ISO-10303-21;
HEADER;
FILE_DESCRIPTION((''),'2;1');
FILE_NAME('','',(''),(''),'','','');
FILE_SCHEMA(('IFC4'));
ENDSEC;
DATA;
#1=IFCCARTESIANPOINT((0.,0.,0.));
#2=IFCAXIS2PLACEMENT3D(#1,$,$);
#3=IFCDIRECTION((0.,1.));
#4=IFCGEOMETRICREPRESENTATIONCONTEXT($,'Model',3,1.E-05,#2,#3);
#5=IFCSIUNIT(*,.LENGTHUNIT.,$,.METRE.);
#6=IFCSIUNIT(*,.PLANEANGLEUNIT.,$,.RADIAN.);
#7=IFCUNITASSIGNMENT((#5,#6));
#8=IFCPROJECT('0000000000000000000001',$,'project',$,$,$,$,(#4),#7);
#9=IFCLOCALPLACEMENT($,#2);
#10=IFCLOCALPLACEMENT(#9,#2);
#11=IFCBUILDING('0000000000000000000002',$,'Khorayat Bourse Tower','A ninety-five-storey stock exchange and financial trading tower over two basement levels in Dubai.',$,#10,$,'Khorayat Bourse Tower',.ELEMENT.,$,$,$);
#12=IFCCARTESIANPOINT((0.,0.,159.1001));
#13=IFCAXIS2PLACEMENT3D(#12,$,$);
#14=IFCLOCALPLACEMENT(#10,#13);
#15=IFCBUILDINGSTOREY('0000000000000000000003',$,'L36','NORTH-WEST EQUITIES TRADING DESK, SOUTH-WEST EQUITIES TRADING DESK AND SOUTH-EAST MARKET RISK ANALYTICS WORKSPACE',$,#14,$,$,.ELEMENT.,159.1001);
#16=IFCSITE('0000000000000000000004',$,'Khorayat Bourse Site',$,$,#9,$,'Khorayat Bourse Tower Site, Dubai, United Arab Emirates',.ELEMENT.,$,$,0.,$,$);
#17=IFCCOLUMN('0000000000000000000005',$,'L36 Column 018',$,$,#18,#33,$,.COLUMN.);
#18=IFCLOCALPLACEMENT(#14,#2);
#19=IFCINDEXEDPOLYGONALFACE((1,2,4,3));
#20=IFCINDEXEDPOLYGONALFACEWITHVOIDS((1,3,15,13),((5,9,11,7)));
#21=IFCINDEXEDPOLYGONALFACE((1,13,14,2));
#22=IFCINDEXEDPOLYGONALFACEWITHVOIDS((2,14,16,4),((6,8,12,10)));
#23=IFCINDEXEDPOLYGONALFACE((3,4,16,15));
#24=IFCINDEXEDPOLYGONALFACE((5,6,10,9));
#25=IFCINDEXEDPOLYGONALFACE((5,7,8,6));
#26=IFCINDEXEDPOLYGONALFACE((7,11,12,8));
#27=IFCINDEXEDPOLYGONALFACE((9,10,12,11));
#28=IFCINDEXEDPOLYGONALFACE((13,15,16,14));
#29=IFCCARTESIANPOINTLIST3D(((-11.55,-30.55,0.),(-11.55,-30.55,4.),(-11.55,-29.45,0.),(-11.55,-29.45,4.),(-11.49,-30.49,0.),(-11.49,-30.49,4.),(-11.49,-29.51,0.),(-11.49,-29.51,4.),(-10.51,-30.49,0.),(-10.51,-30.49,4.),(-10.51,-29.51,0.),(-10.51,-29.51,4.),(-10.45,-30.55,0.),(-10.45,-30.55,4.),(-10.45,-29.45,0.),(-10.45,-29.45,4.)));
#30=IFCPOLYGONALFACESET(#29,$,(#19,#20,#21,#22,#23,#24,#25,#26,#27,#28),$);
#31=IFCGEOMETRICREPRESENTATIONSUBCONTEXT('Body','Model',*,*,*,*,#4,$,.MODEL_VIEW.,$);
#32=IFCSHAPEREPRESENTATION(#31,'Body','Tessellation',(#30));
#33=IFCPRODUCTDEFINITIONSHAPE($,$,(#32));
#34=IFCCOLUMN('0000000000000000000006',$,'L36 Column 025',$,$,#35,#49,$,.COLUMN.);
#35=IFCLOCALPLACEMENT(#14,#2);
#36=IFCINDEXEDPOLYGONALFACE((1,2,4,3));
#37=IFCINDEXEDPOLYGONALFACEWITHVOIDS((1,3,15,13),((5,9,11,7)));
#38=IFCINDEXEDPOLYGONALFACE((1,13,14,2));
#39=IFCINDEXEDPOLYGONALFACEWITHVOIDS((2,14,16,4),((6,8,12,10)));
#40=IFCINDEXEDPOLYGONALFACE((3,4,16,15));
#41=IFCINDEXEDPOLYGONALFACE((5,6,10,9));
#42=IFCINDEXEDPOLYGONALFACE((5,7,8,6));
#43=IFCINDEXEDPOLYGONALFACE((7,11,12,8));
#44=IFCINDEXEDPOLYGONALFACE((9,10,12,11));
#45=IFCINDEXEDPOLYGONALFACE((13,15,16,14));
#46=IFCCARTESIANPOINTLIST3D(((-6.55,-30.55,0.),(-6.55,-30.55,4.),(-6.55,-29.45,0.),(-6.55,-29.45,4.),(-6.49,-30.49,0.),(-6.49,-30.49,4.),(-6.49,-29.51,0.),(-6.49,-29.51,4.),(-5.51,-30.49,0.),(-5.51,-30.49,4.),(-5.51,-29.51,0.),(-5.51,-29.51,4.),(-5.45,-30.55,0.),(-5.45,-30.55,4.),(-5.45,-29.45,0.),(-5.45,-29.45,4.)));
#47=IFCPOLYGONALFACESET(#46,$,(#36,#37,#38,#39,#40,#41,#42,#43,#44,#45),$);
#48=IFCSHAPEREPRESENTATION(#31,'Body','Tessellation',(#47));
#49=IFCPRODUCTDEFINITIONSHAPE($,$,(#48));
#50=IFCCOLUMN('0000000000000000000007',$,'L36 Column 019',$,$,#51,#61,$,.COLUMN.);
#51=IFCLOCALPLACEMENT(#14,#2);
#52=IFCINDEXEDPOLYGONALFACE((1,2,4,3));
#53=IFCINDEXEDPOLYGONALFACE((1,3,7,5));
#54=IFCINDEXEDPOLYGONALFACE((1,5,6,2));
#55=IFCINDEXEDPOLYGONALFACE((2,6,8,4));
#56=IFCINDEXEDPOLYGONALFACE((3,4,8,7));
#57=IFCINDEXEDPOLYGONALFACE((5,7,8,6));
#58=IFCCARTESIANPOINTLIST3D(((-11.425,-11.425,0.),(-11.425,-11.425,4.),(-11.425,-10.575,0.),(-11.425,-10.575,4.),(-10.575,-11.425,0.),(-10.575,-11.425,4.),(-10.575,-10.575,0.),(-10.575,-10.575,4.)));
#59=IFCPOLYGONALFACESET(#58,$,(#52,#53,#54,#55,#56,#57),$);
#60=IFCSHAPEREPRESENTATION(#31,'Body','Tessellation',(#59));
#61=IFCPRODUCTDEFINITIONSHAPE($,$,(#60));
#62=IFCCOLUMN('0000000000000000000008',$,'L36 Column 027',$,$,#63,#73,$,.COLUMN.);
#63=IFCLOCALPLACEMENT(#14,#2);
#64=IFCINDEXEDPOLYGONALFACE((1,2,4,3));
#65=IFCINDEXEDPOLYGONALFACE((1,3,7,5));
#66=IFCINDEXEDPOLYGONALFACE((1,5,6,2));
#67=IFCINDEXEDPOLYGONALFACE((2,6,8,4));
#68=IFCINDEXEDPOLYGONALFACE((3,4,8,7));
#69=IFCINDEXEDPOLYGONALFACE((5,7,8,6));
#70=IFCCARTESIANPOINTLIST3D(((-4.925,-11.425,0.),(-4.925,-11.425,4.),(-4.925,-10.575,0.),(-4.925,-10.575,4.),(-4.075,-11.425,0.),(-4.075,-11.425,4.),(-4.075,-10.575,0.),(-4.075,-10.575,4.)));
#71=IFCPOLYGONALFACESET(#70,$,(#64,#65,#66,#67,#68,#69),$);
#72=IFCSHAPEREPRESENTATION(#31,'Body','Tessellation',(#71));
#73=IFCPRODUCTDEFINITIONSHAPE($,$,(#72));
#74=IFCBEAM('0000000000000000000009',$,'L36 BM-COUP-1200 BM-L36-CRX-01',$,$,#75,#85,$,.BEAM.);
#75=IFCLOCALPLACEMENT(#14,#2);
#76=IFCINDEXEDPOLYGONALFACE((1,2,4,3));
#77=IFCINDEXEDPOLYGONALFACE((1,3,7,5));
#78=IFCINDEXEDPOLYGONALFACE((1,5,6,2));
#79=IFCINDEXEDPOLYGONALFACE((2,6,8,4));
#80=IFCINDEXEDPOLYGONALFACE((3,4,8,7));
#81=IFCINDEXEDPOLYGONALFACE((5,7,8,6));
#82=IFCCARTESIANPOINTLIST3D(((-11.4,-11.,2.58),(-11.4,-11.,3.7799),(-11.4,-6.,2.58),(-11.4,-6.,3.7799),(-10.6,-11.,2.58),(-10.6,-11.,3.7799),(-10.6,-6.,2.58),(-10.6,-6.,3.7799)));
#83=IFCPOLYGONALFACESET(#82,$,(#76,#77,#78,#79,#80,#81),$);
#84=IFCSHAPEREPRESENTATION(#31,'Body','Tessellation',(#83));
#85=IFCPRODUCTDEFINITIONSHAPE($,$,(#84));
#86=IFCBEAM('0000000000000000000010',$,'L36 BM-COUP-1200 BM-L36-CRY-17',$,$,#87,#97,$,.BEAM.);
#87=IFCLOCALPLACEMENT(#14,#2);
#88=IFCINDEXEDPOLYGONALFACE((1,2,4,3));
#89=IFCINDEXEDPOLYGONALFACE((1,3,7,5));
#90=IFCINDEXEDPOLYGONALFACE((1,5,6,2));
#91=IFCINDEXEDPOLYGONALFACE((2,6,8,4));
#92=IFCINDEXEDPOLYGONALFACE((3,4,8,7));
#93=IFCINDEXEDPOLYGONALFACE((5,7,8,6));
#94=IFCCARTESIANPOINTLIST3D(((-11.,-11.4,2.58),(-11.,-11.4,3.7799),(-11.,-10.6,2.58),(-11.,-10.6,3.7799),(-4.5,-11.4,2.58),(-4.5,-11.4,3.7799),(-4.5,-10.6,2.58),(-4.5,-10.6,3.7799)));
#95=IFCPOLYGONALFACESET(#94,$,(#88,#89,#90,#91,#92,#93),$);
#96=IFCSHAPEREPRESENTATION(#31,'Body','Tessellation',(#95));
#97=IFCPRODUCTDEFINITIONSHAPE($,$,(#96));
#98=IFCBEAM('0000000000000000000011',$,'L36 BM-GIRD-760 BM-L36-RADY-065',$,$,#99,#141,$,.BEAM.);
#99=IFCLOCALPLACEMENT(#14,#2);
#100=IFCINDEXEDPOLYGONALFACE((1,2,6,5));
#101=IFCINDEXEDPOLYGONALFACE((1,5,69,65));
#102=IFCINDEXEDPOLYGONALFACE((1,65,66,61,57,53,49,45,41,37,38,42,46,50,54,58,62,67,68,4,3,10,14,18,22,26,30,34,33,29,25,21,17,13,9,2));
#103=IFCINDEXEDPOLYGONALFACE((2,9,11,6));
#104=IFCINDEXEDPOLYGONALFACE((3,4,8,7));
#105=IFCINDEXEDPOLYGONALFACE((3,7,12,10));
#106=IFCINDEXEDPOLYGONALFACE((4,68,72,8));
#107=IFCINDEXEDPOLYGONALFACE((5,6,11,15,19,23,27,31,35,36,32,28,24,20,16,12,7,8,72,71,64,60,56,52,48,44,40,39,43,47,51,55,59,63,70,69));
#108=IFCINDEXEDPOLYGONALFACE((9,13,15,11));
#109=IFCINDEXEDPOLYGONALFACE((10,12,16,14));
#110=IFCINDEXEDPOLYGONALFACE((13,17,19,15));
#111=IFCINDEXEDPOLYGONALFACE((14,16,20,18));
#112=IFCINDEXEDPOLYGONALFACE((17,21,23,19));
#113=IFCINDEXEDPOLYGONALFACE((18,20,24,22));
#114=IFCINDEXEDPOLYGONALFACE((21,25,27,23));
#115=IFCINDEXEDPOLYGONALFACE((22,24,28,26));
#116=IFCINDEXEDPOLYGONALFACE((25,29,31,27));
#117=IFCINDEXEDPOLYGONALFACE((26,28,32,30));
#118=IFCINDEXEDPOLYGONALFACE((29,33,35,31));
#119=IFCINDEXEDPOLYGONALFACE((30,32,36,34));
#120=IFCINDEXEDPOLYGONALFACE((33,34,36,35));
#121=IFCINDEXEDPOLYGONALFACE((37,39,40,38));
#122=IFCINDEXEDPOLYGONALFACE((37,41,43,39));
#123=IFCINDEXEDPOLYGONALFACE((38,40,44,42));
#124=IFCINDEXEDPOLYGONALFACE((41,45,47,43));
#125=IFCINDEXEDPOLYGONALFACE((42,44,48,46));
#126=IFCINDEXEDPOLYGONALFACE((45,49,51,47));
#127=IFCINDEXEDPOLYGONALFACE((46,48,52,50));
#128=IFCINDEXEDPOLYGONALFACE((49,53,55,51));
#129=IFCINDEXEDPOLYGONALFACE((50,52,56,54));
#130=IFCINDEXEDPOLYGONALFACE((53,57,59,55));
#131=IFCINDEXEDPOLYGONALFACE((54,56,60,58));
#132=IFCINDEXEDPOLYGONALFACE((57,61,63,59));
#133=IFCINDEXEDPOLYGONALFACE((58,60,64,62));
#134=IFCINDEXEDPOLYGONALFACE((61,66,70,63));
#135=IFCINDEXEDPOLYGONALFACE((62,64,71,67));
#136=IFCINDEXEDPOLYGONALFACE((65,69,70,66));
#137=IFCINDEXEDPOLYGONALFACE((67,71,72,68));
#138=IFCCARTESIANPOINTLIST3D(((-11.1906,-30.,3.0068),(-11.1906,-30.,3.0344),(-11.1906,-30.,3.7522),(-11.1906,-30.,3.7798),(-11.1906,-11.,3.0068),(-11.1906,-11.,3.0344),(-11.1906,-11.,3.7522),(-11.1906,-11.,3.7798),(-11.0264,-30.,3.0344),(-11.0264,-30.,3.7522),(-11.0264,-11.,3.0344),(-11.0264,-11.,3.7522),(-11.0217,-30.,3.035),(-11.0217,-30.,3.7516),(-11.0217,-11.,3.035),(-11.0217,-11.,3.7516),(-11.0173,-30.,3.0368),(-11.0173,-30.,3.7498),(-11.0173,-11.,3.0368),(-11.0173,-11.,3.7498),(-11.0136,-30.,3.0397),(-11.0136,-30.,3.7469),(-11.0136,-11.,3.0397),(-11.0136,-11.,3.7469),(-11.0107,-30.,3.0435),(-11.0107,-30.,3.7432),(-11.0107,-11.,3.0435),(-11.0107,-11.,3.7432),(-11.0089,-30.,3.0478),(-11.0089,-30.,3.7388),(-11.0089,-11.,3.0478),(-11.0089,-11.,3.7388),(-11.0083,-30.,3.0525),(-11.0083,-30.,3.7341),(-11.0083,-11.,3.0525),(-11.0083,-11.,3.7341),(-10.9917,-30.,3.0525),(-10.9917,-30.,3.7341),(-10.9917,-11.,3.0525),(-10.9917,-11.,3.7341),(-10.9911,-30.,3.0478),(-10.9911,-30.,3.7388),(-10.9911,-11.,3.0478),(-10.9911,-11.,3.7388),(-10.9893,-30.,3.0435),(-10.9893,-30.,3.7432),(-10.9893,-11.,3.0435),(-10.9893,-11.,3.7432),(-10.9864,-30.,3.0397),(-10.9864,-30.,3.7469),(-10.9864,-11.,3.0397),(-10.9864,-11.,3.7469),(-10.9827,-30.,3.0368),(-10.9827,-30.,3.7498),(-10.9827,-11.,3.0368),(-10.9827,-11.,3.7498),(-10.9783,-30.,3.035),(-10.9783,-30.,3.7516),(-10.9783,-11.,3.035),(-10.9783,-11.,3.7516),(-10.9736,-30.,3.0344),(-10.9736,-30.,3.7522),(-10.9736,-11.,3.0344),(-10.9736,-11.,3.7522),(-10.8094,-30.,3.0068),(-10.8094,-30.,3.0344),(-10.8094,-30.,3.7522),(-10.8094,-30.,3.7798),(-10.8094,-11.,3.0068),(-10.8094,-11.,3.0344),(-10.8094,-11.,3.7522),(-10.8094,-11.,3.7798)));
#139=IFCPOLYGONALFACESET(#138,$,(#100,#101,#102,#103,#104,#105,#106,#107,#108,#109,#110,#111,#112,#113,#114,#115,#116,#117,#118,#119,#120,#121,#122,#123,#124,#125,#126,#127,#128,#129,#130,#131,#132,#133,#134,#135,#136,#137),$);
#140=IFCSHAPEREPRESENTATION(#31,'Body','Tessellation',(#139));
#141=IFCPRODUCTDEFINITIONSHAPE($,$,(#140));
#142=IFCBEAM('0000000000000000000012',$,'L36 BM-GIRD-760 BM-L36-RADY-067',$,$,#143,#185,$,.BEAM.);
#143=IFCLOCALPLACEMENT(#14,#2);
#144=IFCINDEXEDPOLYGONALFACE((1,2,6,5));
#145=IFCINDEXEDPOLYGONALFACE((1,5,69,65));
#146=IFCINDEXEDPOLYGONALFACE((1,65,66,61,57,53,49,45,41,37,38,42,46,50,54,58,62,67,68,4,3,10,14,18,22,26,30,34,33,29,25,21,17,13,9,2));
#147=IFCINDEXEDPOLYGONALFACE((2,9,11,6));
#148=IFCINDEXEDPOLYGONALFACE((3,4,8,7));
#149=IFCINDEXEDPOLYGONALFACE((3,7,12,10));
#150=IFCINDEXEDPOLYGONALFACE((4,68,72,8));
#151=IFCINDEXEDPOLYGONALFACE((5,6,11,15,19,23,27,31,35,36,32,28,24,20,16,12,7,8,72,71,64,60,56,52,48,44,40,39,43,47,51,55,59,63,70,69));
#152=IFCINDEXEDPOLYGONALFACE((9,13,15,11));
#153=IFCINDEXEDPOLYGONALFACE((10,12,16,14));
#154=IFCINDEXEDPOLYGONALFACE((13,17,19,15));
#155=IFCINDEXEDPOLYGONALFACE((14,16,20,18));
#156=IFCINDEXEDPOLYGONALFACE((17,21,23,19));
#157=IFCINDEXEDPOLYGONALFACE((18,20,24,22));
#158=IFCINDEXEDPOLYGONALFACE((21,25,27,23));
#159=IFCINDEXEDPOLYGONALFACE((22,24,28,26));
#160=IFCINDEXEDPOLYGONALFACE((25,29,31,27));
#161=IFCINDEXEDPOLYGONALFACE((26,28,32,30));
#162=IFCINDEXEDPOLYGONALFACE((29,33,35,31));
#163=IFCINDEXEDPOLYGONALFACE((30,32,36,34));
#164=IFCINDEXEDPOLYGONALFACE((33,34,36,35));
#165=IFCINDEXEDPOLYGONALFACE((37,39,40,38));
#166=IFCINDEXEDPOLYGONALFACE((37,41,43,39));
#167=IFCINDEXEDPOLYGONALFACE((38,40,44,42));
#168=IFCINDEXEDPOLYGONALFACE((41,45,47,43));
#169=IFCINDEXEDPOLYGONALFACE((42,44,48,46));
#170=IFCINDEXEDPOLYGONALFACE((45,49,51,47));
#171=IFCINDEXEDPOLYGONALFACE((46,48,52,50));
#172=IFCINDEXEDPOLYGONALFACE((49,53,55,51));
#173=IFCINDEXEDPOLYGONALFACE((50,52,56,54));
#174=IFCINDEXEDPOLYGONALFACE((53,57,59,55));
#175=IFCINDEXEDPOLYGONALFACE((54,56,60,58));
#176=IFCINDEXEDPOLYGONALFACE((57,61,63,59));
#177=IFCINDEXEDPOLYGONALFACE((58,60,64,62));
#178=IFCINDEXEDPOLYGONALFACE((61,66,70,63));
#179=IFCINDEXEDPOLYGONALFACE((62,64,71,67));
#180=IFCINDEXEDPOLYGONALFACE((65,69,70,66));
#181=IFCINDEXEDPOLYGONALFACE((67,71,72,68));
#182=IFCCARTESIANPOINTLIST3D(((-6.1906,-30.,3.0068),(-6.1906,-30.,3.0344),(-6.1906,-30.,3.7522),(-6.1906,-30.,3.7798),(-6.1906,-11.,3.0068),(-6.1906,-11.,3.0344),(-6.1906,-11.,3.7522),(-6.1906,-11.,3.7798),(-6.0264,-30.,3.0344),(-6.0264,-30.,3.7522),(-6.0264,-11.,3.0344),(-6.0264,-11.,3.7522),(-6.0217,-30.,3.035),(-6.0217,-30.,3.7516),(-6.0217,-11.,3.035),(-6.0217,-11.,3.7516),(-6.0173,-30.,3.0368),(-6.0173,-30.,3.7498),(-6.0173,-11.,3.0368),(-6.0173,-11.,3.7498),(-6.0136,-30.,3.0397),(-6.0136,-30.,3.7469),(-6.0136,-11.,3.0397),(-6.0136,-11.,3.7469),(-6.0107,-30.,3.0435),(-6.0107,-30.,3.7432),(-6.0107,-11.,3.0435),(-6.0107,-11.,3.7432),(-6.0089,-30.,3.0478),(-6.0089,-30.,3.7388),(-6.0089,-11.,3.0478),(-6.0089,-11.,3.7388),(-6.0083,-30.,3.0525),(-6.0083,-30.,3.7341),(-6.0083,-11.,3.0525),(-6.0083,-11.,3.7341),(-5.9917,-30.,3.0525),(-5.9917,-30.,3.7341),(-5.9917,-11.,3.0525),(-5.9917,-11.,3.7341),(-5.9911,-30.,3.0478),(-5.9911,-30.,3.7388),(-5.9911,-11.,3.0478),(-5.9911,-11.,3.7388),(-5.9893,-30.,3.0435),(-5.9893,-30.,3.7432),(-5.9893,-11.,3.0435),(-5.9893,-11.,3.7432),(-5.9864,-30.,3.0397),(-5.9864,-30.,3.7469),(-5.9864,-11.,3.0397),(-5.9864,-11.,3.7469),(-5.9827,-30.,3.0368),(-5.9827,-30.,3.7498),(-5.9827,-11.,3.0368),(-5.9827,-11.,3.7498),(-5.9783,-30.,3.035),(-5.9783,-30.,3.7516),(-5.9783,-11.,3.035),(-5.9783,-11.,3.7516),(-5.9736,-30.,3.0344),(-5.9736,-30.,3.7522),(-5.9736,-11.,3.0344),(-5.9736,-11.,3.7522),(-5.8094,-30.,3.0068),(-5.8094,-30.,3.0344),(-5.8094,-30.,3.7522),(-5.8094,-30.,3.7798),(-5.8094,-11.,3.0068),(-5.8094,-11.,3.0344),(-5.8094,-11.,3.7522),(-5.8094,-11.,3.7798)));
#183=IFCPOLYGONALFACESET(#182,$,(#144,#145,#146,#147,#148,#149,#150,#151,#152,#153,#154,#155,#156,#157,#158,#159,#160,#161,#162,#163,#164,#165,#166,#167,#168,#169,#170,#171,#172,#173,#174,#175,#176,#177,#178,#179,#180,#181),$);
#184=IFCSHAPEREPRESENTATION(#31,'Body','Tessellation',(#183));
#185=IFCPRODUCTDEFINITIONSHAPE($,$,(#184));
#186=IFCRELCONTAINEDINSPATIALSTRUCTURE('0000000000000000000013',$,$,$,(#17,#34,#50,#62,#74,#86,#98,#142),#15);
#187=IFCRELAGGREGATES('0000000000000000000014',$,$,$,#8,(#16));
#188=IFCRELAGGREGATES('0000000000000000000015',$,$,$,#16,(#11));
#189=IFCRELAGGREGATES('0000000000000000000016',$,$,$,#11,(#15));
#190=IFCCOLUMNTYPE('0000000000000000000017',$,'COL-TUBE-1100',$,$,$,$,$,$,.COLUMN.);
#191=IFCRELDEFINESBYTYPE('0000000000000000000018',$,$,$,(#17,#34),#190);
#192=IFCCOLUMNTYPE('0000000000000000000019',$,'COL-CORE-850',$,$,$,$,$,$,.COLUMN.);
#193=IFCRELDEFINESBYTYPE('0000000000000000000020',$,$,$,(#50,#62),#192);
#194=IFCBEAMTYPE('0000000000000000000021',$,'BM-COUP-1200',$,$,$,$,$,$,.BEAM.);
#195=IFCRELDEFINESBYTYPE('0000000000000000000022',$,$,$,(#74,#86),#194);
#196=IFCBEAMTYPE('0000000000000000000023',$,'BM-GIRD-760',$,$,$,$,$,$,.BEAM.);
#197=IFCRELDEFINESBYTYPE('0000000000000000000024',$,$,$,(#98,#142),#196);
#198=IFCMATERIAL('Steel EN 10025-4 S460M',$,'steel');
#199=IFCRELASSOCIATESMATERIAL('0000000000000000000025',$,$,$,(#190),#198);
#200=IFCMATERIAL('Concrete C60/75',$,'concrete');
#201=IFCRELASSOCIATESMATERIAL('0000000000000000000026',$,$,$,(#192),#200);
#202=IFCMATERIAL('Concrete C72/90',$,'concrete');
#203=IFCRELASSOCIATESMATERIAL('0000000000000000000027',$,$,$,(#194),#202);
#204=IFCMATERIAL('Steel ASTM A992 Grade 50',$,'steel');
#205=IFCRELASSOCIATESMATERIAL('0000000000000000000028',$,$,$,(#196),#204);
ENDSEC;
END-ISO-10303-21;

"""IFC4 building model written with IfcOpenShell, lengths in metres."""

from ifc_helpers import new_model, si_unit, direction, frame, origin, origin_2d, place, context, subcontext, project, spatial, rectangle, hollow_rectangle, i_section, extrude, source, transform, mapped, material, material_profile, profile_set, type_object, element, save


model = new_model("IFC4")

# Units and contexts
model_context = context("Model", 3, precision=1e-05, world=origin(), true_north=direction((0.0, 1.0)))
body_context = subcontext(model_context, "Body", "Model", "MODEL_VIEW")
ifc_project = project(units=[si_unit("LENGTHUNIT", "METRE"), si_unit("PLANEANGLEUNIT", "RADIAN")], contexts=[model_context])

# Site, building, storey
site_placement = place(None, origin())
site = spatial("IfcSite", under=ifc_project, at=site_placement, Name="Khorayat Bourse Site", LongName="Khorayat Bourse Tower Site, Dubai, United Arab Emirates", CompositionType="ELEMENT", RefElevation=0.0)
building_placement = place(site_placement, origin())
building = spatial("IfcBuilding", under=site, at=building_placement, Name="Khorayat Bourse Tower", Description="A ninety-five-storey stock exchange and financial trading tower over two basement levels in Dubai.", LongName="Khorayat Bourse Tower", CompositionType="ELEMENT")
storey_placement = place(building_placement, frame((0.0, 0.0, 159.1001)))
storey = spatial("IfcBuildingStorey", under=building, at=storey_placement, Name="L36", Description="NORTH-WEST EQUITIES TRADING DESK, SOUTH-WEST EQUITIES TRADING DESK AND SOUTH-EAST MARKET RISK ANALYTICS WORKSPACE", CompositionType="ELEMENT", Elevation=159.1001)

# Columns
ifc_material_1 = material(Name="Steel EN 10025-4 S460M", Category="steel")
ifc_material_profile_1 = material_profile(ifc_material_1, hollow_rectangle(XDim=1.1001, YDim=1.1001, WallThickness=0.0601, at=origin_2d()), Name="BOX 1100x1100x60")
ifc_profile_set_1 = profile_set([ifc_material_profile_1], Name="Steel EN 10025-4 S460M")
column_type_1 = type_object("IfcColumnType", Name="COL-TUBE-1100", PredefinedType="COLUMN", material=ifc_profile_set_1)
shared_shape_1 = source(origin(), body_context, "Body", "SweptSolid", [
    extrude(hollow_rectangle(XDim=1.1001, YDim=1.1001, WallThickness=0.0601, at=origin_2d()), origin(), (0.0, 0.0, 1.0), 4.0),
])
for number, where, z_axis, x_axis, name in (
    (1, (-11.0, -30.0, 0.0), (0.0, 0.0, 1.0), (1.0, 0.0, 0.0), "L36 Column 018"),
    (2, (-6.0, -30.0, 0.0), (0.0, 0.0, 1.0), (1.0, 0.0, 0.0), "L36 Column 025"),
):
    element("IfcColumn", number, at=place(storey_placement, frame(where, z_axis=z_axis, x_axis=x_axis)), inside=storey, type_object=column_type_1, Name=name, PredefinedType="COLUMN", context=body_context, shape_type="MappedRepresentation", body=[
        mapped(shared_shape_1, transform((0.0, 0.0, 0.0), scale=1.0)),
    ])
ifc_material_2 = material(Name="Concrete C60/75", Category="concrete")
ifc_material_profile_2 = material_profile(ifc_material_2, rectangle(XDim=0.8501, YDim=0.8501, at=origin_2d()), Name="RC 850x850")
ifc_profile_set_2 = profile_set([ifc_material_profile_2], Name="Concrete C60/75")
column_type_2 = type_object("IfcColumnType", Name="COL-CORE-850", PredefinedType="COLUMN", material=ifc_profile_set_2)
shared_shape_2 = source(origin(), body_context, "Body", "SweptSolid", [
    extrude(rectangle(XDim=0.8501, YDim=0.8501, at=origin_2d()), origin(), (0.0, 0.0, 1.0), 4.0),
])
for number, where, z_axis, x_axis, name in (
    (3, (-11.0, -11.0, 0.0), (0.0, 0.0, 1.0), (1.0, 0.0, 0.0), "L36 Column 019"),
    (4, (-4.5, -11.0, 0.0), (0.0, 0.0, 1.0), (1.0, 0.0, 0.0), "L36 Column 027"),
):
    element("IfcColumn", number, at=place(storey_placement, frame(where, z_axis=z_axis, x_axis=x_axis)), inside=storey, type_object=column_type_2, Name=name, PredefinedType="COLUMN", context=body_context, shape_type="MappedRepresentation", body=[
        mapped(shared_shape_2, transform((0.0, 0.0, 0.0), scale=1.0)),
    ])

# Beams
ifc_material_3 = material(Name="Concrete C72/90", Category="concrete")
ifc_material_profile_3 = material_profile(ifc_material_3, rectangle(XDim=0.8, YDim=1.2, at=origin_2d()), Name="RC 800x1200")
ifc_profile_set_3 = profile_set([ifc_material_profile_3], Name="Concrete C72/90")
beam_type_1 = type_object("IfcBeamType", Name="BM-COUP-1200", PredefinedType="BEAM", material=ifc_profile_set_3)
shared_shape_3 = source(origin(), body_context, "Body", "SweptSolid", [
    extrude(rectangle(XDim=0.8, YDim=1.2, at=origin_2d()), origin(), (0.0, 0.0, 1.0), 5.0),
])
beam_1_placement = place(storey_placement, frame((-11.0, -11.0, 3.1799), z_axis=(0.0, 1.0, 0.0), x_axis=(-1.0, 0.0, 0.0)))
element("IfcBeam", 5, at=beam_1_placement, inside=storey, type_object=beam_type_1, Name="L36 BM-COUP-1200 BM-L36-CRX-01", PredefinedType="BEAM", context=body_context, shape_type="MappedRepresentation", body=[
    mapped(shared_shape_3, transform((0.0, 0.0, 0.0), scale=1.0)),
])
shared_shape_4 = source(origin(), body_context, "Body", "SweptSolid", [
    extrude(rectangle(XDim=0.8, YDim=1.2, at=origin_2d()), origin(), (0.0, 0.0, 1.0), 6.5),
])
beam_2_placement = place(storey_placement, frame((-11.0, -11.0, 3.1799), z_axis=(1.0, 0.0, 0.0), x_axis=(0.0, 1.0, 0.0)))
element("IfcBeam", 6, at=beam_2_placement, inside=storey, type_object=beam_type_1, Name="L36 BM-COUP-1200 BM-L36-CRY-17", PredefinedType="BEAM", context=body_context, shape_type="MappedRepresentation", body=[
    mapped(shared_shape_4, transform((0.0, 0.0, 0.0), scale=1.0)),
])
ifc_material_4 = material(Name="Steel ASTM A992 Grade 50", Category="steel")
ifc_material_profile_4 = material_profile(ifc_material_4, i_section(OverallWidth=0.3811, OverallDepth=0.7729, WebThickness=0.0166, FlangeThickness=0.0276, FilletRadius=0.0181, at=origin_2d()), Name="W760X257")
ifc_profile_set_4 = profile_set([ifc_material_profile_4], Name="Steel ASTM A992 Grade 50")
beam_type_2 = type_object("IfcBeamType", Name="BM-GIRD-760", PredefinedType="BEAM", material=ifc_profile_set_4)
shared_shape_5 = source(origin(), body_context, "Body", "SweptSolid", [
    extrude(i_section(OverallWidth=0.3811, OverallDepth=0.7729, WebThickness=0.0166, FlangeThickness=0.0276, FilletRadius=0.0181, at=origin_2d()), origin(), (0.0, 0.0, 1.0), 19.0),
])
for number, where, z_axis, x_axis, name in (
    (7, (-11.0, -30.0, 3.3933), (0.0, 1.0, 0.0), (-1.0, 0.0, 0.0), "L36 BM-GIRD-760 BM-L36-RADY-065"),
    (8, (-6.0, -30.0, 3.3933), (0.0, 1.0, 0.0), (-1.0, 0.0, 0.0), "L36 BM-GIRD-760 BM-L36-RADY-067"),
):
    element("IfcBeam", number, at=place(storey_placement, frame(where, z_axis=z_axis, x_axis=x_axis)), inside=storey, type_object=beam_type_2, Name=name, PredefinedType="BEAM", context=body_context, shape_type="MappedRepresentation", body=[
        mapped(shared_shape_5, transform((0.0, 0.0, 0.0), scale=1.0)),
    ])

save(model, "model.ifc")
